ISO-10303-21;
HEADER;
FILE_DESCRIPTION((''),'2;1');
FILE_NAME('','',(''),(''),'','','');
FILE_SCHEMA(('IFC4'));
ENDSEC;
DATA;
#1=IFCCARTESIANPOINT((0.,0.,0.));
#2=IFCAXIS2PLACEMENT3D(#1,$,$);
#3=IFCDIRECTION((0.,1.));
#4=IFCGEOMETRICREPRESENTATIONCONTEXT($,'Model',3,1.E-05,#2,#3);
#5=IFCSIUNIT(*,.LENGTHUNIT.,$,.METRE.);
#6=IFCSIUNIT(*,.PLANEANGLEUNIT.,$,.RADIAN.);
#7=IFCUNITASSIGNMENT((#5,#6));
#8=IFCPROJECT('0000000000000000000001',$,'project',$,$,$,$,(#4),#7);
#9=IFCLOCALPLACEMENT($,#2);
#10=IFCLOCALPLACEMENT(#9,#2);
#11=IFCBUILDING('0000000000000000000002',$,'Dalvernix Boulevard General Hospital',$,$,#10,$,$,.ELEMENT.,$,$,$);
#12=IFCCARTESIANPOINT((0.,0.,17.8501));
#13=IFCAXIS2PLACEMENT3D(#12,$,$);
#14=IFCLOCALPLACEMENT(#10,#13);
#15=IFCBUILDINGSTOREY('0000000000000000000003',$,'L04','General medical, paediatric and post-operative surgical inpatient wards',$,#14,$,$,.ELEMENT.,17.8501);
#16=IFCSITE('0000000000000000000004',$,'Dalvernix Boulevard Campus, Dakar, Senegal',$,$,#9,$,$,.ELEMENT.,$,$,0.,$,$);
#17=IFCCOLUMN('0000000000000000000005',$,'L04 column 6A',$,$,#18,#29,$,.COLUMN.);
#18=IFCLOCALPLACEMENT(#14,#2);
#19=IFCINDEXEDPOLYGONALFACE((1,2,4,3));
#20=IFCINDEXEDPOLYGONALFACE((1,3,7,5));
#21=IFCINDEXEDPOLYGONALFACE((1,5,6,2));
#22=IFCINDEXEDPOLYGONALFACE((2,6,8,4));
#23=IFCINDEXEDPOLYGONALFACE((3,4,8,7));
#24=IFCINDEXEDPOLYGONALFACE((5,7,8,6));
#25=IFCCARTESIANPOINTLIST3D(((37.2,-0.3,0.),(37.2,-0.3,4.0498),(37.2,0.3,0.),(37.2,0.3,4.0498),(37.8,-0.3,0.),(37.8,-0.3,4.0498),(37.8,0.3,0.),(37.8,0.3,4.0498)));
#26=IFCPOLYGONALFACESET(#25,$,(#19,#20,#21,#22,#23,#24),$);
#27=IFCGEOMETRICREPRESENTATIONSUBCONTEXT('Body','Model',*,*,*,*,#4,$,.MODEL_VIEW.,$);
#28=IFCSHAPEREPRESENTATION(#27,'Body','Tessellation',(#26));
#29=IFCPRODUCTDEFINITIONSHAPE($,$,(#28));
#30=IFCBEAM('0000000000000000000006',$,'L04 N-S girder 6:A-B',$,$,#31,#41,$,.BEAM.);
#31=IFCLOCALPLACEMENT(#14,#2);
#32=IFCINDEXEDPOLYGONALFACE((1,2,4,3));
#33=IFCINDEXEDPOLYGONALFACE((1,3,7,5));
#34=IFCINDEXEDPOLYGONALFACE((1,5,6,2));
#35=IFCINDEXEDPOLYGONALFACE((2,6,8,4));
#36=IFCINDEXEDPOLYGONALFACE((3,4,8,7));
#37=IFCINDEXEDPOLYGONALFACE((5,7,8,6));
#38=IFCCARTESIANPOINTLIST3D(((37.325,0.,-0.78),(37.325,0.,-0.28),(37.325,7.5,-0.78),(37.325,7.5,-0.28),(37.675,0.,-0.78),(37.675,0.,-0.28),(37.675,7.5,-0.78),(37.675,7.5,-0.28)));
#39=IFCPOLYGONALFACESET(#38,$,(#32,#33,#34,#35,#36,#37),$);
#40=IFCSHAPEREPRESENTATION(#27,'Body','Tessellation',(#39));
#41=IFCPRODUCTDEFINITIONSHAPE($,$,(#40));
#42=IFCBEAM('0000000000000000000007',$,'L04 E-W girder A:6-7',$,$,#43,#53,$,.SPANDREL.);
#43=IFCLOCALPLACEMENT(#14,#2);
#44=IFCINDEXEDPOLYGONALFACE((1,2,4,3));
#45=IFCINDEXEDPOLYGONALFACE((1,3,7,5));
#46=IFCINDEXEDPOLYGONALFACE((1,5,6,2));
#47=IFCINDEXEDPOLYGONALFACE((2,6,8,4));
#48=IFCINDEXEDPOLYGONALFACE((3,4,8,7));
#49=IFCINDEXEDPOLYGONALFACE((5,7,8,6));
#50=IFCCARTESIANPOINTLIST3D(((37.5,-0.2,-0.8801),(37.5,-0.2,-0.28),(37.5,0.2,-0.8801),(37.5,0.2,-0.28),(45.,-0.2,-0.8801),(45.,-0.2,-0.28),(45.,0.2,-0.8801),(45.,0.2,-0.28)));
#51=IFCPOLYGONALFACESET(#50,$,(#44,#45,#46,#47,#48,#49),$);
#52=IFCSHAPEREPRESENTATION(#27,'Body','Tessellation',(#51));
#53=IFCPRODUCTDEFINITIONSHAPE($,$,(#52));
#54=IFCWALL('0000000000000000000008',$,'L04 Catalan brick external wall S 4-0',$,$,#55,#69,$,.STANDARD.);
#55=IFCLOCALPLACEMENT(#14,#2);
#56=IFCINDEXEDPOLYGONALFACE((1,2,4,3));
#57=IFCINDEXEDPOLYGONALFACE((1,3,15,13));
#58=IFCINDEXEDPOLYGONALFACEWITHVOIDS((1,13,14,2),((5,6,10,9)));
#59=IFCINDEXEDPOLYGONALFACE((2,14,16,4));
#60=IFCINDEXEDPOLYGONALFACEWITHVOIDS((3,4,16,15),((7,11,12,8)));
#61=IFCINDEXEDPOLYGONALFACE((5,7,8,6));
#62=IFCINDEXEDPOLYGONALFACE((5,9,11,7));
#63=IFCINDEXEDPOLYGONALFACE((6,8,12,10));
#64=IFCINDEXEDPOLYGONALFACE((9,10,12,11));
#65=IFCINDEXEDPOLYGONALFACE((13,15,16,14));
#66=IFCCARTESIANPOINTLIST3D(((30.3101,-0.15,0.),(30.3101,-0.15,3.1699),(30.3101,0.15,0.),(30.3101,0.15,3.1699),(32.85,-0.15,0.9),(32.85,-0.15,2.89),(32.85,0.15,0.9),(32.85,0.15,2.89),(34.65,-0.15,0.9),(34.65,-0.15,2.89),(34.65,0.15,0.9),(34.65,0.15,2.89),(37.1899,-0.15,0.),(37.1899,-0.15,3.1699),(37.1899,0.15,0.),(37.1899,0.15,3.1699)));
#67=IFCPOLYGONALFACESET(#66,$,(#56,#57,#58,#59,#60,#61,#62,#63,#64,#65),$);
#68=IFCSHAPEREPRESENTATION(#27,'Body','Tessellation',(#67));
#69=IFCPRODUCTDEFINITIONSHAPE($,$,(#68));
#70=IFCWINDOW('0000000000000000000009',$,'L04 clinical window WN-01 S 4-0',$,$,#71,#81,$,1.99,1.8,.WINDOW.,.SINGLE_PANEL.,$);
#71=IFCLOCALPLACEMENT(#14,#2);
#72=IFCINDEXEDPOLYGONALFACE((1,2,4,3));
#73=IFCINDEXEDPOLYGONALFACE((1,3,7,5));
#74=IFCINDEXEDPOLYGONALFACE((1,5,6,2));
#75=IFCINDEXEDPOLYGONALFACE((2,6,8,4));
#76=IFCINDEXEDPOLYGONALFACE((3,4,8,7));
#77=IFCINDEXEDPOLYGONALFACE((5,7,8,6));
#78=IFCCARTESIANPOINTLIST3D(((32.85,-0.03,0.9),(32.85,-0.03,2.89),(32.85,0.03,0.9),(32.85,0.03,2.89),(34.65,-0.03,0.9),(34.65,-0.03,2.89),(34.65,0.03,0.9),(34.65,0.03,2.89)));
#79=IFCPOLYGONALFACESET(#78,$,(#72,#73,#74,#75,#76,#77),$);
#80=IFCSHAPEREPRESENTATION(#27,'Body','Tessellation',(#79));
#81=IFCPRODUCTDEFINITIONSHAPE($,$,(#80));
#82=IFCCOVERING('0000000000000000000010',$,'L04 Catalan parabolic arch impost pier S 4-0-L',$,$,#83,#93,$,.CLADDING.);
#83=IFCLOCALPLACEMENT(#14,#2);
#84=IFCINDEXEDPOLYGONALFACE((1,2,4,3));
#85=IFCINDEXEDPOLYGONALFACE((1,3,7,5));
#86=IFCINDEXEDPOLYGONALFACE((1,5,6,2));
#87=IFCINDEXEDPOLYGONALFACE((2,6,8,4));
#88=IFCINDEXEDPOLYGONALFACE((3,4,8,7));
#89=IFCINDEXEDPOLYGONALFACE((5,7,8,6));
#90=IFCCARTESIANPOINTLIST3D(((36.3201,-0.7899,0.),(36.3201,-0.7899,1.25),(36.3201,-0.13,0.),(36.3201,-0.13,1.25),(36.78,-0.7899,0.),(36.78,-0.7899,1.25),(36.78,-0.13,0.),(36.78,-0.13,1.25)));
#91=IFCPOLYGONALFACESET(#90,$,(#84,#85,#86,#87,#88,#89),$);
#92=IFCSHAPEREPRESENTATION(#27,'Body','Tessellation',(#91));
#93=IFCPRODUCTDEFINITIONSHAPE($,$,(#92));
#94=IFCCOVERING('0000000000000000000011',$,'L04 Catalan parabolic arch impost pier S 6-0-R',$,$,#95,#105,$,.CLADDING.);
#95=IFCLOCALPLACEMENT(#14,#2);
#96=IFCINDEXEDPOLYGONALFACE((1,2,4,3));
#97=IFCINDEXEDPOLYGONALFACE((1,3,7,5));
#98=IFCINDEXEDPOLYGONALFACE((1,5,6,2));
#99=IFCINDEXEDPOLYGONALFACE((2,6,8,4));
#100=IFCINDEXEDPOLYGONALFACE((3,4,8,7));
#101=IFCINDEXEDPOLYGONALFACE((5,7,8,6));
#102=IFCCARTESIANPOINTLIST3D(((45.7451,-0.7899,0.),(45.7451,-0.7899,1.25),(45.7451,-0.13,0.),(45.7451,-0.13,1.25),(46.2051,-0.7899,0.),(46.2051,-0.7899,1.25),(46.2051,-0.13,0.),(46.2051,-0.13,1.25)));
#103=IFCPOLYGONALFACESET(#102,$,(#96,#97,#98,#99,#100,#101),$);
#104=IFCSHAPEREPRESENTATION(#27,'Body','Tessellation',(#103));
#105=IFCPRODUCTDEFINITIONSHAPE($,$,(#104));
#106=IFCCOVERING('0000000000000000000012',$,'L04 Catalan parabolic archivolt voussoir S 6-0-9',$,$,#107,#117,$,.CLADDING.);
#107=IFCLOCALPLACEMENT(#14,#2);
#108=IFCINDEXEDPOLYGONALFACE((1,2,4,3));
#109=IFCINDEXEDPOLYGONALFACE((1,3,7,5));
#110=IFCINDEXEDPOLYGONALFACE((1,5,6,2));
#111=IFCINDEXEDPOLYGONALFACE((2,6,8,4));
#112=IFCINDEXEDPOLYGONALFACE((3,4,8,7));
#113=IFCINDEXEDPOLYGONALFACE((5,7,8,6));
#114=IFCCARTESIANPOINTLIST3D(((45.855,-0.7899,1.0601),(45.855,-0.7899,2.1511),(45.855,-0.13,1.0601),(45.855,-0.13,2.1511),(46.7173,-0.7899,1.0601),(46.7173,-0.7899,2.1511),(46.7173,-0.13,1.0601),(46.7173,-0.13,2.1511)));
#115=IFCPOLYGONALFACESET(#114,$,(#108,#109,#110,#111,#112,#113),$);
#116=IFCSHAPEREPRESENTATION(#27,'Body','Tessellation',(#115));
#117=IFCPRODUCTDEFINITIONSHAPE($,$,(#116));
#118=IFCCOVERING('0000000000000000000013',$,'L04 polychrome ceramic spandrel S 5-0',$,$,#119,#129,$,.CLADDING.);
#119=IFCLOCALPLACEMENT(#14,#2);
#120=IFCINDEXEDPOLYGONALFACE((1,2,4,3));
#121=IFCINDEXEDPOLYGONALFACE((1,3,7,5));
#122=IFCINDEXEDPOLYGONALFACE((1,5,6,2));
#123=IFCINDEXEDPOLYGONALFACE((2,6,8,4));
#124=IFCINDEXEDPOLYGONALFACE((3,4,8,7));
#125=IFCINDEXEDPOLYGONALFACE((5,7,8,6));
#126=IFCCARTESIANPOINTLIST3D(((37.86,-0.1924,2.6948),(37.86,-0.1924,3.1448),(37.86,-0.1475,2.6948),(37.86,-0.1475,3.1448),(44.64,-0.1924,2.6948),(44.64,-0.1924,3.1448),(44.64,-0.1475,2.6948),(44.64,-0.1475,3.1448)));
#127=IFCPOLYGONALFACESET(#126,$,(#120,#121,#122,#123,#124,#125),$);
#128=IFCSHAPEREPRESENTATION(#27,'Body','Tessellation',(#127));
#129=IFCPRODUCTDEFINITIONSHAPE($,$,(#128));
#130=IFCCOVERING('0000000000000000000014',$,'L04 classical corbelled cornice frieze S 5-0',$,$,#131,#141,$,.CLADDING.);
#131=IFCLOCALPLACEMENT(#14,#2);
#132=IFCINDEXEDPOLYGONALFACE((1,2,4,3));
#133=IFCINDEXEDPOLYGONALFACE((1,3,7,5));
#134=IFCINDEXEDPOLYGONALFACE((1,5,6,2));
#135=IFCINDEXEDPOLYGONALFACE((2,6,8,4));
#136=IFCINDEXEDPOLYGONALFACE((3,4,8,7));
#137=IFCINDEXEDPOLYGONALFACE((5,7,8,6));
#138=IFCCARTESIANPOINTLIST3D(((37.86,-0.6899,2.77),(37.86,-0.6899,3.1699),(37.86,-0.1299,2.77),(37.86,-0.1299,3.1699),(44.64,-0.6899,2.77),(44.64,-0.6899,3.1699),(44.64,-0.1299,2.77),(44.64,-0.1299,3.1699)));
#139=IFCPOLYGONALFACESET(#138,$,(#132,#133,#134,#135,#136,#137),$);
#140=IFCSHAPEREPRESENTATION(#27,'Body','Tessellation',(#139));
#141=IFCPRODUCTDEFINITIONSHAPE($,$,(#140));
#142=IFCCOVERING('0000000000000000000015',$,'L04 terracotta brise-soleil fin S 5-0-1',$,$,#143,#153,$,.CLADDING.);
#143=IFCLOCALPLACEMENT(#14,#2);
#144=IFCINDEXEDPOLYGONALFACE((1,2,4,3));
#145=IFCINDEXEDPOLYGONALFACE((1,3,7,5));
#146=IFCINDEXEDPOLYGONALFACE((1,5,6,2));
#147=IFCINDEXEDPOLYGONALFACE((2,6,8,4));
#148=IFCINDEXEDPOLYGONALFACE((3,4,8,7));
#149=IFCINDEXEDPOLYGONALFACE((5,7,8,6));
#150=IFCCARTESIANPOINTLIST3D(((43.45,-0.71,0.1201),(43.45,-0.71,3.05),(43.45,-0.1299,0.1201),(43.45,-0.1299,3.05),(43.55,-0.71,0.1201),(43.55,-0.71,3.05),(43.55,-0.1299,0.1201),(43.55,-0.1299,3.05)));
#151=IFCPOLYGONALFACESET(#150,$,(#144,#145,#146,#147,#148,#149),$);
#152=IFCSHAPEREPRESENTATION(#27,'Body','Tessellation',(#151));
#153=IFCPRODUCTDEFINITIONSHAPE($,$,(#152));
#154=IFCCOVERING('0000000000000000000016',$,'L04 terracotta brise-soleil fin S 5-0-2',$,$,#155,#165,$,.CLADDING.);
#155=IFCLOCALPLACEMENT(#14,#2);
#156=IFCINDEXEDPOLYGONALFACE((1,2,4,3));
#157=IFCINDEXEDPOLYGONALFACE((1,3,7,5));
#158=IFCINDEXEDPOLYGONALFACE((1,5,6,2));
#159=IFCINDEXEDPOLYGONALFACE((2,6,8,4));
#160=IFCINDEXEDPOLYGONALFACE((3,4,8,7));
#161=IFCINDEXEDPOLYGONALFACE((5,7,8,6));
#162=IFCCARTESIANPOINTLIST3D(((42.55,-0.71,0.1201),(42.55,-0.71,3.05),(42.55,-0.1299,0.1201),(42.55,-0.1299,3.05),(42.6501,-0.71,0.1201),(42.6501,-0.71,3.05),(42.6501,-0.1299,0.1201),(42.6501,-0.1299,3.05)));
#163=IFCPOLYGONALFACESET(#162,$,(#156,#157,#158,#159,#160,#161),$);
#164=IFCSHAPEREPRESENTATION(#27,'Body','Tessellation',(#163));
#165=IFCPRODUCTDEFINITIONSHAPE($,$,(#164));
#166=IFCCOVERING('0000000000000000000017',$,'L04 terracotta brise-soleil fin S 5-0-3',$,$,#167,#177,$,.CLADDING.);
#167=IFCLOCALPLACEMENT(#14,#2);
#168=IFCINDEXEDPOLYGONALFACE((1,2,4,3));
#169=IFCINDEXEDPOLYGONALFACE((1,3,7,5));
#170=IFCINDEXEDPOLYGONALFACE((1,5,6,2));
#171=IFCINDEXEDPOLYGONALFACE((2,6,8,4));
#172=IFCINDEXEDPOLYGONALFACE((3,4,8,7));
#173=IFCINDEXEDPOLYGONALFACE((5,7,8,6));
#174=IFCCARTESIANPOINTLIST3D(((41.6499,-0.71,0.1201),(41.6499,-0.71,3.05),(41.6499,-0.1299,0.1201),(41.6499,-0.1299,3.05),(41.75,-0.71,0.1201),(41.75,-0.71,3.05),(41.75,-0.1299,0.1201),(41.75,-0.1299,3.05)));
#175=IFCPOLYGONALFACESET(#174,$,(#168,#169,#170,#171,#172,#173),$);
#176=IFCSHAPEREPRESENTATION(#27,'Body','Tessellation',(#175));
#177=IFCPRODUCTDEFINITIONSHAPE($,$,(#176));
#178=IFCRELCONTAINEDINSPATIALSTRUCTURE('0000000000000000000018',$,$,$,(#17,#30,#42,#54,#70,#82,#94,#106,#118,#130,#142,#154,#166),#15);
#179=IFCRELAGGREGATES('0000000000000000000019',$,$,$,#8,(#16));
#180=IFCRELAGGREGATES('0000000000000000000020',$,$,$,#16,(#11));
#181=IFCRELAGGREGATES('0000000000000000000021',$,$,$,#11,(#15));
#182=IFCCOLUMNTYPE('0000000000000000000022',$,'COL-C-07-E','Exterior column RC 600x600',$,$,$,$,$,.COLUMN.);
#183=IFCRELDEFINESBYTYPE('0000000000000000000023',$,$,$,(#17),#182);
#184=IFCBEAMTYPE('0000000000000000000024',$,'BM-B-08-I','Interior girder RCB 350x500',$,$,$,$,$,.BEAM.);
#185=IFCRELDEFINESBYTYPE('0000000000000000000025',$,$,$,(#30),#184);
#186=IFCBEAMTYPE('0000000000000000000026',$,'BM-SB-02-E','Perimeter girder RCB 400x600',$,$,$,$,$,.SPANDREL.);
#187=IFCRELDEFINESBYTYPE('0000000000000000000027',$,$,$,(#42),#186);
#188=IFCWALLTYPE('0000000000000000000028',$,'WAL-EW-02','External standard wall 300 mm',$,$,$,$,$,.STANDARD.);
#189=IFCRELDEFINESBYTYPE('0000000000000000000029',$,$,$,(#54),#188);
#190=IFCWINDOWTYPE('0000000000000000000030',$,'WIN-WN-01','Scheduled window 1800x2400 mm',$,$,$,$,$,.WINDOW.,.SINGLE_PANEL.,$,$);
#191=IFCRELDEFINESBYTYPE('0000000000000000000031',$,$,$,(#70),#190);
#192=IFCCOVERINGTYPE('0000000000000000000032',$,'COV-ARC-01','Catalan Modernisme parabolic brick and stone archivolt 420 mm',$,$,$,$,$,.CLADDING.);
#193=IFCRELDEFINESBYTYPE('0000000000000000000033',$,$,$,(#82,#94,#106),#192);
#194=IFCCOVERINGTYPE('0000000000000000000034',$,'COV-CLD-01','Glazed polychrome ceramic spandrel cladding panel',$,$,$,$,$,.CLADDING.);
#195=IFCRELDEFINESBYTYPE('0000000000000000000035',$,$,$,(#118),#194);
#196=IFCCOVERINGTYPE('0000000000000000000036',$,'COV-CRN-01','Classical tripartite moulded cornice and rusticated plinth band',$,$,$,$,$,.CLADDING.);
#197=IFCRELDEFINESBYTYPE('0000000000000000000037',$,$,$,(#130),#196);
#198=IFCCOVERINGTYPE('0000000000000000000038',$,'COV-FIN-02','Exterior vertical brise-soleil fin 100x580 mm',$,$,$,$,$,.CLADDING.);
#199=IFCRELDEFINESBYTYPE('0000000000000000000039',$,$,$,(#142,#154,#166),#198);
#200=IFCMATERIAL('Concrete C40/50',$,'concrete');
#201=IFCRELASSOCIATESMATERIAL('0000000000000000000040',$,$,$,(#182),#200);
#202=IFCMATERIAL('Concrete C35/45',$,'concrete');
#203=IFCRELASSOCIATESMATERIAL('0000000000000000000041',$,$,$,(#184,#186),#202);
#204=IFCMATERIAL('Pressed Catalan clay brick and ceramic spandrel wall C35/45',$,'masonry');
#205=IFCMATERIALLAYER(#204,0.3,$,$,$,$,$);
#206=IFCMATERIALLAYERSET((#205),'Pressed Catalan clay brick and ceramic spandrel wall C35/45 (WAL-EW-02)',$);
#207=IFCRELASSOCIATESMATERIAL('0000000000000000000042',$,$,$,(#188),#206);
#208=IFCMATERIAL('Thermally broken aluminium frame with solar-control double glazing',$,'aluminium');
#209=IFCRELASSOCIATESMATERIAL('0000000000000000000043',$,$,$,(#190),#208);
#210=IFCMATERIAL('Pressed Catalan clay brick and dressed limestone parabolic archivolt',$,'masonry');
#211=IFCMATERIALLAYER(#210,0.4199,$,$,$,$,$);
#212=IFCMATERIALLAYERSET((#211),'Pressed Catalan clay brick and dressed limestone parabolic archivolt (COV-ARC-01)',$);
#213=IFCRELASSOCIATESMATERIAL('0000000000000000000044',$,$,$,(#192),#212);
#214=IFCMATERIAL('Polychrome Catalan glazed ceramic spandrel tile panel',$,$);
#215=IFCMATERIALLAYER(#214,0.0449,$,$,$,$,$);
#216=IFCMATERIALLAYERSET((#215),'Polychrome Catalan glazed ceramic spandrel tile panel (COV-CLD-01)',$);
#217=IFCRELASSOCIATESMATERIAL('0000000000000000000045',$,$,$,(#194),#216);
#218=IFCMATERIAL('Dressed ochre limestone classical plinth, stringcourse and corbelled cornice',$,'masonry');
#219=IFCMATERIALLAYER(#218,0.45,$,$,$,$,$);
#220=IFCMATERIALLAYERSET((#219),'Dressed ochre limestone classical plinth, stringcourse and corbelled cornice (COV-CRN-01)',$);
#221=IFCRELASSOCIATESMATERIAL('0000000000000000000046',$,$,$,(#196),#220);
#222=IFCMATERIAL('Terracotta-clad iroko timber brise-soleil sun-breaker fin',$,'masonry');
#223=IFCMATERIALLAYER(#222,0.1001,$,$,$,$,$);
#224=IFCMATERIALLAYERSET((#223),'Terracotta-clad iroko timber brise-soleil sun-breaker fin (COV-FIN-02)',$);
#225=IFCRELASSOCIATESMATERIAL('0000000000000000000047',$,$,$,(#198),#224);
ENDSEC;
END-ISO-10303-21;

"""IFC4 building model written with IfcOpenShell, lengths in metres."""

from ifc_helpers import new_model, si_unit, direction, frame, frame_2d, origin, origin_2d, place, context, subcontext, project, spatial, rectangle, extrude, material, layer, layer_set, material_profile, profile_set, type_object, element, fill, save


model = new_model("IFC4")

# Units and contexts
model_context = context("Model", 3, precision=1e-05, world=origin(), true_north=direction((0.0, 1.0)))
body_context = subcontext(model_context, "Body", "Model", "MODEL_VIEW")
ifc_project = project(units=[si_unit("LENGTHUNIT", "METRE"), si_unit("PLANEANGLEUNIT", "RADIAN")], contexts=[model_context])

# Site, building, storey
site_placement = place(None, origin())
site = spatial("IfcSite", under=ifc_project, at=site_placement, Name="Dalvernix Boulevard Campus, Dakar, Senegal", CompositionType="ELEMENT", RefElevation=0.0)
building_placement = place(site_placement, origin())
building = spatial("IfcBuilding", under=site, at=building_placement, Name="Dalvernix Boulevard General Hospital", CompositionType="ELEMENT")
storey_placement = place(building_placement, frame((0.0, 0.0, 17.8501)))
storey = spatial("IfcBuildingStorey", under=building, at=storey_placement, Name="L04", Description="General medical, paediatric and post-operative surgical inpatient wards", CompositionType="ELEMENT", Elevation=17.8501)

# Column
ifc_material_1 = material(Name="Concrete C40/50", Category="concrete")
ifc_material_profile_1 = material_profile(ifc_material_1, rectangle(XDim=0.6001, YDim=0.6001, at=origin_2d()), Name="RC 600x600")
ifc_profile_set_1 = profile_set([ifc_material_profile_1], Name="Concrete C40/50")
column_type = type_object("IfcColumnType", Name="COL-C-07-E", Description="Exterior column RC 600x600", PredefinedType="COLUMN", material=ifc_profile_set_1)
column_placement = place(storey_placement, frame((37.5, 0.0, 0.0), z_axis=(0.0, 0.0, 1.0), x_axis=(1.0, 0.0, 0.0)))
element("IfcColumn", 1, at=column_placement, inside=storey, type_object=column_type, Name="L04 column 6A", PredefinedType="COLUMN", context=body_context, shape_type="SweptSolid", body=[
    extrude(rectangle(XDim=0.6001, YDim=0.6001, at=origin_2d()), origin(), (0.0, 0.0, 1.0), 4.0498),
])

# Beams
ifc_material_2 = material(Name="Concrete C35/45", Category="concrete")
ifc_material_profile_2 = material_profile(ifc_material_2, rectangle(XDim=0.3501, YDim=0.5, at=origin_2d()), Name="RCB 350x500")
ifc_profile_set_2 = profile_set([ifc_material_profile_2], Name="Concrete C35/45")
beam_type_1 = type_object("IfcBeamType", Name="BM-B-08-I", Description="Interior girder RCB 350x500", PredefinedType="BEAM", material=ifc_profile_set_2)
beam_1_placement = place(storey_placement, frame((37.5, 0.0, -0.53), z_axis=(0.0, 1.0, 0.0), x_axis=(-1.0, 0.0, 0.0)))
element("IfcBeam", 2, at=beam_1_placement, inside=storey, type_object=beam_type_1, Name="L04 N-S girder 6:A-B", PredefinedType="BEAM", context=body_context, shape_type="SweptSolid", body=[
    extrude(rectangle(XDim=0.3501, YDim=0.5, at=origin_2d()), origin(), (0.0, 0.0, 1.0), 7.5),
])
ifc_material_profile_3 = material_profile(ifc_material_2, rectangle(XDim=0.3999, YDim=0.6001, at=origin_2d()), Name="RCB 400x600")
ifc_profile_set_3 = profile_set([ifc_material_profile_3], Name="Concrete C35/45")
beam_type_2 = type_object("IfcBeamType", Name="BM-SB-02-E", Description="Perimeter girder RCB 400x600", PredefinedType="SPANDREL", material=ifc_profile_set_3)
beam_2_placement = place(storey_placement, frame((37.5, 0.0, -0.5801), z_axis=(1.0, 0.0, 0.0), x_axis=(0.0, 1.0, 0.0)))
element("IfcBeam", 3, at=beam_2_placement, inside=storey, type_object=beam_type_2, Name="L04 E-W girder A:6-7", PredefinedType="SPANDREL", context=body_context, shape_type="SweptSolid", body=[
    extrude(rectangle(XDim=0.3999, YDim=0.6001, at=origin_2d()), origin(), (0.0, 0.0, 1.0), 7.5),
])

# Wall, opening, window
ifc_material_3 = material(Name="Pressed Catalan clay brick and ceramic spandrel wall C35/45", Category="masonry")
ifc_layer_1 = layer(ifc_material_3, 0.3)
ifc_layer_set_1 = layer_set([ifc_layer_1], Name="Pressed Catalan clay brick and ceramic spandrel wall C35/45 (WAL-EW-02)")
wall_type = type_object("IfcWallType", Name="WAL-EW-02", Description="External standard wall 300 mm", PredefinedType="STANDARD", material=ifc_layer_set_1)
wall_placement = place(storey_placement, frame((37.1899, 0.0, 0.0), z_axis=(0.0, 0.0, 1.0), x_axis=(-1.0, 0.0, 0.0)))
wall = element("IfcWall", 4, at=wall_placement, inside=storey, type_object=wall_type, Name="L04 Catalan brick external wall S 4-0", PredefinedType="STANDARD", context=body_context, shape_type="SweptSolid", body=[
    extrude(rectangle(XDim=6.8799, YDim=0.3, at=frame_2d((3.4399, 0.0))), origin(), (0.0, 0.0, 1.0), 3.1699),
])
opening_placement = place(wall_placement, frame((2.54, 0.0, 0.8999)))
opening = element("IfcOpeningElement", 5, at=opening_placement, cuts=wall, PredefinedType="OPENING", context=body_context, shape_type="SweptSolid", body=[
    extrude(rectangle(XDim=1.8, YDim=1.99, at=frame_2d((0.8999, 0.9951))), frame((0.0, 0.1599, 0.0), z_axis=(0.0, -1.0, 0.0), x_axis=(1.0, 0.0, 0.0)), (0.0, 0.0, 1.0), 0.3201),
])
ifc_material_4 = material(Name="Thermally broken aluminium frame with solar-control double glazing", Category="aluminium")
window_type = type_object("IfcWindowType", Name="WIN-WN-01", Description="Scheduled window 1800x2400 mm", PartitioningType="SINGLE_PANEL", PredefinedType="WINDOW", material=ifc_material_4)
window_placement = place(opening_placement, origin())
window = element("IfcWindow", 6, at=window_placement, inside=storey, type_object=window_type, Name="L04 clinical window WN-01 S 4-0", OverallHeight=1.99, OverallWidth=1.8, PartitioningType="SINGLE_PANEL", PredefinedType="WINDOW", context=body_context, shape_type="SweptSolid", body=[
    extrude(rectangle(XDim=1.8, YDim=1.99, at=frame_2d((0.8999, 0.9951))), frame((0.0, 0.03, 0.0), z_axis=(0.0, -1.0, 0.0), x_axis=(1.0, 0.0, 0.0)), (0.0, 0.0, 1.0), 0.0601),
])
fill(opening, window)

# Coverings
ifc_material_5 = material(Name="Pressed Catalan clay brick and dressed limestone parabolic archivolt", Category="masonry")
ifc_layer_2 = layer(ifc_material_5, 0.4199)
ifc_layer_set_2 = layer_set([ifc_layer_2], Name="Pressed Catalan clay brick and dressed limestone parabolic archivolt (COV-ARC-01)")
covering_type_1 = type_object("IfcCoveringType", Name="COV-ARC-01", Description="Catalan Modernisme parabolic brick and stone archivolt 420 mm", PredefinedType="CLADDING", material=ifc_layer_set_2)
for number, where, z_axis, x_axis, name in (
    (7, (36.55, -0.46, 0.0), (0.0, 0.0, 1.0), (-1.0, 0.0, 0.0), "L04 Catalan parabolic arch impost pier S 4-0-L"),
    (8, (45.9751, -0.46, 0.0), (0.0, 0.0, 1.0), (-1.0, 0.0, 0.0), "L04 Catalan parabolic arch impost pier S 6-0-R"),
):
    element("IfcCovering", number, at=place(storey_placement, frame(where, z_axis=z_axis, x_axis=x_axis)), inside=storey, type_object=covering_type_1, Name=name, PredefinedType="CLADDING", context=body_context, shape_type="SweptSolid", body=[
        extrude(rectangle(XDim=0.46, YDim=0.6599, at=origin_2d()), origin(), (0.0, 0.0, 1.0), 1.25),
    ])
covering_1_placement = place(storey_placement, frame((46.2861, -0.46, 1.0601), z_axis=(0.0, 0.0, 1.0), x_axis=(-1.0, 0.0, 0.0)))
element("IfcCovering", 9, at=covering_1_placement, inside=storey, type_object=covering_type_1, Name="L04 Catalan parabolic archivolt voussoir S 6-0-9", PredefinedType="CLADDING", context=body_context, shape_type="SweptSolid", body=[
    extrude(rectangle(XDim=0.8623, YDim=0.6599, at=origin_2d()), origin(), (0.0, 0.0, 1.0), 1.0911),
])
ifc_material_6 = material(Name="Polychrome Catalan glazed ceramic spandrel tile panel")
ifc_layer_3 = layer(ifc_material_6, 0.0449)
ifc_layer_set_3 = layer_set([ifc_layer_3], Name="Polychrome Catalan glazed ceramic spandrel tile panel (COV-CLD-01)")
covering_type_2 = type_object("IfcCoveringType", Name="COV-CLD-01", Description="Glazed polychrome ceramic spandrel cladding panel", PredefinedType="CLADDING", material=ifc_layer_set_3)
covering_2_placement = place(storey_placement, frame((41.25, -0.1699, 2.6948), z_axis=(0.0, 0.0, 1.0), x_axis=(-1.0, 0.0, 0.0)))
element("IfcCovering", 10, at=covering_2_placement, inside=storey, type_object=covering_type_2, Name="L04 polychrome ceramic spandrel S 5-0", PredefinedType="CLADDING", context=body_context, shape_type="SweptSolid", body=[
    extrude(rectangle(XDim=6.78, YDim=0.0449, at=origin_2d()), origin(), (0.0, 0.0, 1.0), 0.45),
])
ifc_material_7 = material(Name="Dressed ochre limestone classical plinth, stringcourse and corbelled cornice", Category="masonry")
ifc_layer_4 = layer(ifc_material_7, 0.45)
ifc_layer_set_4 = layer_set([ifc_layer_4], Name="Dressed ochre limestone classical plinth, stringcourse and corbelled cornice (COV-CRN-01)")
covering_type_3 = type_object("IfcCoveringType", Name="COV-CRN-01", Description="Classical tripartite moulded cornice and rusticated plinth band", PredefinedType="CLADDING", material=ifc_layer_set_4)
covering_3_placement = place(storey_placement, frame((41.25, -0.4099, 2.77), z_axis=(0.0, 0.0, 1.0), x_axis=(-1.0, 0.0, 0.0)))
element("IfcCovering", 11, at=covering_3_placement, inside=storey, type_object=covering_type_3, Name="L04 classical corbelled cornice frieze S 5-0", PredefinedType="CLADDING", context=body_context, shape_type="SweptSolid", body=[
    extrude(rectangle(XDim=6.78, YDim=0.5601, at=origin_2d()), origin(), (0.0, 0.0, 1.0), 0.3999),
])
ifc_material_8 = material(Name="Terracotta-clad iroko timber brise-soleil sun-breaker fin", Category="masonry")
ifc_layer_5 = layer(ifc_material_8, 0.1001)
ifc_layer_set_5 = layer_set([ifc_layer_5], Name="Terracotta-clad iroko timber brise-soleil sun-breaker fin (COV-FIN-02)")
covering_type_4 = type_object("IfcCoveringType", Name="COV-FIN-02", Description="Exterior vertical brise-soleil fin 100x580 mm", PredefinedType="CLADDING", material=ifc_layer_set_5)
for number, where, z_axis, x_axis, name in (
    (12, (43.5, -0.4199, 0.1201), (0.0, 0.0, 1.0), (-1.0, 0.0, 0.0), "L04 terracotta brise-soleil fin S 5-0-1"),
    (13, (42.6001, -0.4199, 0.1201), (0.0, 0.0, 1.0), (-1.0, 0.0, 0.0), "L04 terracotta brise-soleil fin S 5-0-2"),
    (14, (41.7, -0.4199, 0.1201), (0.0, 0.0, 1.0), (-1.0, 0.0, 0.0), "L04 terracotta brise-soleil fin S 5-0-3"),
):
    element("IfcCovering", number, at=place(storey_placement, frame(where, z_axis=z_axis, x_axis=x_axis)), inside=storey, type_object=covering_type_4, Name=name, PredefinedType="CLADDING", context=body_context, shape_type="SweptSolid", body=[
        extrude(rectangle(XDim=0.1001, YDim=0.5801, at=origin_2d()), origin(), (0.0, 0.0, 1.0), 2.9299),
    ])

save(model, "model.ifc")
